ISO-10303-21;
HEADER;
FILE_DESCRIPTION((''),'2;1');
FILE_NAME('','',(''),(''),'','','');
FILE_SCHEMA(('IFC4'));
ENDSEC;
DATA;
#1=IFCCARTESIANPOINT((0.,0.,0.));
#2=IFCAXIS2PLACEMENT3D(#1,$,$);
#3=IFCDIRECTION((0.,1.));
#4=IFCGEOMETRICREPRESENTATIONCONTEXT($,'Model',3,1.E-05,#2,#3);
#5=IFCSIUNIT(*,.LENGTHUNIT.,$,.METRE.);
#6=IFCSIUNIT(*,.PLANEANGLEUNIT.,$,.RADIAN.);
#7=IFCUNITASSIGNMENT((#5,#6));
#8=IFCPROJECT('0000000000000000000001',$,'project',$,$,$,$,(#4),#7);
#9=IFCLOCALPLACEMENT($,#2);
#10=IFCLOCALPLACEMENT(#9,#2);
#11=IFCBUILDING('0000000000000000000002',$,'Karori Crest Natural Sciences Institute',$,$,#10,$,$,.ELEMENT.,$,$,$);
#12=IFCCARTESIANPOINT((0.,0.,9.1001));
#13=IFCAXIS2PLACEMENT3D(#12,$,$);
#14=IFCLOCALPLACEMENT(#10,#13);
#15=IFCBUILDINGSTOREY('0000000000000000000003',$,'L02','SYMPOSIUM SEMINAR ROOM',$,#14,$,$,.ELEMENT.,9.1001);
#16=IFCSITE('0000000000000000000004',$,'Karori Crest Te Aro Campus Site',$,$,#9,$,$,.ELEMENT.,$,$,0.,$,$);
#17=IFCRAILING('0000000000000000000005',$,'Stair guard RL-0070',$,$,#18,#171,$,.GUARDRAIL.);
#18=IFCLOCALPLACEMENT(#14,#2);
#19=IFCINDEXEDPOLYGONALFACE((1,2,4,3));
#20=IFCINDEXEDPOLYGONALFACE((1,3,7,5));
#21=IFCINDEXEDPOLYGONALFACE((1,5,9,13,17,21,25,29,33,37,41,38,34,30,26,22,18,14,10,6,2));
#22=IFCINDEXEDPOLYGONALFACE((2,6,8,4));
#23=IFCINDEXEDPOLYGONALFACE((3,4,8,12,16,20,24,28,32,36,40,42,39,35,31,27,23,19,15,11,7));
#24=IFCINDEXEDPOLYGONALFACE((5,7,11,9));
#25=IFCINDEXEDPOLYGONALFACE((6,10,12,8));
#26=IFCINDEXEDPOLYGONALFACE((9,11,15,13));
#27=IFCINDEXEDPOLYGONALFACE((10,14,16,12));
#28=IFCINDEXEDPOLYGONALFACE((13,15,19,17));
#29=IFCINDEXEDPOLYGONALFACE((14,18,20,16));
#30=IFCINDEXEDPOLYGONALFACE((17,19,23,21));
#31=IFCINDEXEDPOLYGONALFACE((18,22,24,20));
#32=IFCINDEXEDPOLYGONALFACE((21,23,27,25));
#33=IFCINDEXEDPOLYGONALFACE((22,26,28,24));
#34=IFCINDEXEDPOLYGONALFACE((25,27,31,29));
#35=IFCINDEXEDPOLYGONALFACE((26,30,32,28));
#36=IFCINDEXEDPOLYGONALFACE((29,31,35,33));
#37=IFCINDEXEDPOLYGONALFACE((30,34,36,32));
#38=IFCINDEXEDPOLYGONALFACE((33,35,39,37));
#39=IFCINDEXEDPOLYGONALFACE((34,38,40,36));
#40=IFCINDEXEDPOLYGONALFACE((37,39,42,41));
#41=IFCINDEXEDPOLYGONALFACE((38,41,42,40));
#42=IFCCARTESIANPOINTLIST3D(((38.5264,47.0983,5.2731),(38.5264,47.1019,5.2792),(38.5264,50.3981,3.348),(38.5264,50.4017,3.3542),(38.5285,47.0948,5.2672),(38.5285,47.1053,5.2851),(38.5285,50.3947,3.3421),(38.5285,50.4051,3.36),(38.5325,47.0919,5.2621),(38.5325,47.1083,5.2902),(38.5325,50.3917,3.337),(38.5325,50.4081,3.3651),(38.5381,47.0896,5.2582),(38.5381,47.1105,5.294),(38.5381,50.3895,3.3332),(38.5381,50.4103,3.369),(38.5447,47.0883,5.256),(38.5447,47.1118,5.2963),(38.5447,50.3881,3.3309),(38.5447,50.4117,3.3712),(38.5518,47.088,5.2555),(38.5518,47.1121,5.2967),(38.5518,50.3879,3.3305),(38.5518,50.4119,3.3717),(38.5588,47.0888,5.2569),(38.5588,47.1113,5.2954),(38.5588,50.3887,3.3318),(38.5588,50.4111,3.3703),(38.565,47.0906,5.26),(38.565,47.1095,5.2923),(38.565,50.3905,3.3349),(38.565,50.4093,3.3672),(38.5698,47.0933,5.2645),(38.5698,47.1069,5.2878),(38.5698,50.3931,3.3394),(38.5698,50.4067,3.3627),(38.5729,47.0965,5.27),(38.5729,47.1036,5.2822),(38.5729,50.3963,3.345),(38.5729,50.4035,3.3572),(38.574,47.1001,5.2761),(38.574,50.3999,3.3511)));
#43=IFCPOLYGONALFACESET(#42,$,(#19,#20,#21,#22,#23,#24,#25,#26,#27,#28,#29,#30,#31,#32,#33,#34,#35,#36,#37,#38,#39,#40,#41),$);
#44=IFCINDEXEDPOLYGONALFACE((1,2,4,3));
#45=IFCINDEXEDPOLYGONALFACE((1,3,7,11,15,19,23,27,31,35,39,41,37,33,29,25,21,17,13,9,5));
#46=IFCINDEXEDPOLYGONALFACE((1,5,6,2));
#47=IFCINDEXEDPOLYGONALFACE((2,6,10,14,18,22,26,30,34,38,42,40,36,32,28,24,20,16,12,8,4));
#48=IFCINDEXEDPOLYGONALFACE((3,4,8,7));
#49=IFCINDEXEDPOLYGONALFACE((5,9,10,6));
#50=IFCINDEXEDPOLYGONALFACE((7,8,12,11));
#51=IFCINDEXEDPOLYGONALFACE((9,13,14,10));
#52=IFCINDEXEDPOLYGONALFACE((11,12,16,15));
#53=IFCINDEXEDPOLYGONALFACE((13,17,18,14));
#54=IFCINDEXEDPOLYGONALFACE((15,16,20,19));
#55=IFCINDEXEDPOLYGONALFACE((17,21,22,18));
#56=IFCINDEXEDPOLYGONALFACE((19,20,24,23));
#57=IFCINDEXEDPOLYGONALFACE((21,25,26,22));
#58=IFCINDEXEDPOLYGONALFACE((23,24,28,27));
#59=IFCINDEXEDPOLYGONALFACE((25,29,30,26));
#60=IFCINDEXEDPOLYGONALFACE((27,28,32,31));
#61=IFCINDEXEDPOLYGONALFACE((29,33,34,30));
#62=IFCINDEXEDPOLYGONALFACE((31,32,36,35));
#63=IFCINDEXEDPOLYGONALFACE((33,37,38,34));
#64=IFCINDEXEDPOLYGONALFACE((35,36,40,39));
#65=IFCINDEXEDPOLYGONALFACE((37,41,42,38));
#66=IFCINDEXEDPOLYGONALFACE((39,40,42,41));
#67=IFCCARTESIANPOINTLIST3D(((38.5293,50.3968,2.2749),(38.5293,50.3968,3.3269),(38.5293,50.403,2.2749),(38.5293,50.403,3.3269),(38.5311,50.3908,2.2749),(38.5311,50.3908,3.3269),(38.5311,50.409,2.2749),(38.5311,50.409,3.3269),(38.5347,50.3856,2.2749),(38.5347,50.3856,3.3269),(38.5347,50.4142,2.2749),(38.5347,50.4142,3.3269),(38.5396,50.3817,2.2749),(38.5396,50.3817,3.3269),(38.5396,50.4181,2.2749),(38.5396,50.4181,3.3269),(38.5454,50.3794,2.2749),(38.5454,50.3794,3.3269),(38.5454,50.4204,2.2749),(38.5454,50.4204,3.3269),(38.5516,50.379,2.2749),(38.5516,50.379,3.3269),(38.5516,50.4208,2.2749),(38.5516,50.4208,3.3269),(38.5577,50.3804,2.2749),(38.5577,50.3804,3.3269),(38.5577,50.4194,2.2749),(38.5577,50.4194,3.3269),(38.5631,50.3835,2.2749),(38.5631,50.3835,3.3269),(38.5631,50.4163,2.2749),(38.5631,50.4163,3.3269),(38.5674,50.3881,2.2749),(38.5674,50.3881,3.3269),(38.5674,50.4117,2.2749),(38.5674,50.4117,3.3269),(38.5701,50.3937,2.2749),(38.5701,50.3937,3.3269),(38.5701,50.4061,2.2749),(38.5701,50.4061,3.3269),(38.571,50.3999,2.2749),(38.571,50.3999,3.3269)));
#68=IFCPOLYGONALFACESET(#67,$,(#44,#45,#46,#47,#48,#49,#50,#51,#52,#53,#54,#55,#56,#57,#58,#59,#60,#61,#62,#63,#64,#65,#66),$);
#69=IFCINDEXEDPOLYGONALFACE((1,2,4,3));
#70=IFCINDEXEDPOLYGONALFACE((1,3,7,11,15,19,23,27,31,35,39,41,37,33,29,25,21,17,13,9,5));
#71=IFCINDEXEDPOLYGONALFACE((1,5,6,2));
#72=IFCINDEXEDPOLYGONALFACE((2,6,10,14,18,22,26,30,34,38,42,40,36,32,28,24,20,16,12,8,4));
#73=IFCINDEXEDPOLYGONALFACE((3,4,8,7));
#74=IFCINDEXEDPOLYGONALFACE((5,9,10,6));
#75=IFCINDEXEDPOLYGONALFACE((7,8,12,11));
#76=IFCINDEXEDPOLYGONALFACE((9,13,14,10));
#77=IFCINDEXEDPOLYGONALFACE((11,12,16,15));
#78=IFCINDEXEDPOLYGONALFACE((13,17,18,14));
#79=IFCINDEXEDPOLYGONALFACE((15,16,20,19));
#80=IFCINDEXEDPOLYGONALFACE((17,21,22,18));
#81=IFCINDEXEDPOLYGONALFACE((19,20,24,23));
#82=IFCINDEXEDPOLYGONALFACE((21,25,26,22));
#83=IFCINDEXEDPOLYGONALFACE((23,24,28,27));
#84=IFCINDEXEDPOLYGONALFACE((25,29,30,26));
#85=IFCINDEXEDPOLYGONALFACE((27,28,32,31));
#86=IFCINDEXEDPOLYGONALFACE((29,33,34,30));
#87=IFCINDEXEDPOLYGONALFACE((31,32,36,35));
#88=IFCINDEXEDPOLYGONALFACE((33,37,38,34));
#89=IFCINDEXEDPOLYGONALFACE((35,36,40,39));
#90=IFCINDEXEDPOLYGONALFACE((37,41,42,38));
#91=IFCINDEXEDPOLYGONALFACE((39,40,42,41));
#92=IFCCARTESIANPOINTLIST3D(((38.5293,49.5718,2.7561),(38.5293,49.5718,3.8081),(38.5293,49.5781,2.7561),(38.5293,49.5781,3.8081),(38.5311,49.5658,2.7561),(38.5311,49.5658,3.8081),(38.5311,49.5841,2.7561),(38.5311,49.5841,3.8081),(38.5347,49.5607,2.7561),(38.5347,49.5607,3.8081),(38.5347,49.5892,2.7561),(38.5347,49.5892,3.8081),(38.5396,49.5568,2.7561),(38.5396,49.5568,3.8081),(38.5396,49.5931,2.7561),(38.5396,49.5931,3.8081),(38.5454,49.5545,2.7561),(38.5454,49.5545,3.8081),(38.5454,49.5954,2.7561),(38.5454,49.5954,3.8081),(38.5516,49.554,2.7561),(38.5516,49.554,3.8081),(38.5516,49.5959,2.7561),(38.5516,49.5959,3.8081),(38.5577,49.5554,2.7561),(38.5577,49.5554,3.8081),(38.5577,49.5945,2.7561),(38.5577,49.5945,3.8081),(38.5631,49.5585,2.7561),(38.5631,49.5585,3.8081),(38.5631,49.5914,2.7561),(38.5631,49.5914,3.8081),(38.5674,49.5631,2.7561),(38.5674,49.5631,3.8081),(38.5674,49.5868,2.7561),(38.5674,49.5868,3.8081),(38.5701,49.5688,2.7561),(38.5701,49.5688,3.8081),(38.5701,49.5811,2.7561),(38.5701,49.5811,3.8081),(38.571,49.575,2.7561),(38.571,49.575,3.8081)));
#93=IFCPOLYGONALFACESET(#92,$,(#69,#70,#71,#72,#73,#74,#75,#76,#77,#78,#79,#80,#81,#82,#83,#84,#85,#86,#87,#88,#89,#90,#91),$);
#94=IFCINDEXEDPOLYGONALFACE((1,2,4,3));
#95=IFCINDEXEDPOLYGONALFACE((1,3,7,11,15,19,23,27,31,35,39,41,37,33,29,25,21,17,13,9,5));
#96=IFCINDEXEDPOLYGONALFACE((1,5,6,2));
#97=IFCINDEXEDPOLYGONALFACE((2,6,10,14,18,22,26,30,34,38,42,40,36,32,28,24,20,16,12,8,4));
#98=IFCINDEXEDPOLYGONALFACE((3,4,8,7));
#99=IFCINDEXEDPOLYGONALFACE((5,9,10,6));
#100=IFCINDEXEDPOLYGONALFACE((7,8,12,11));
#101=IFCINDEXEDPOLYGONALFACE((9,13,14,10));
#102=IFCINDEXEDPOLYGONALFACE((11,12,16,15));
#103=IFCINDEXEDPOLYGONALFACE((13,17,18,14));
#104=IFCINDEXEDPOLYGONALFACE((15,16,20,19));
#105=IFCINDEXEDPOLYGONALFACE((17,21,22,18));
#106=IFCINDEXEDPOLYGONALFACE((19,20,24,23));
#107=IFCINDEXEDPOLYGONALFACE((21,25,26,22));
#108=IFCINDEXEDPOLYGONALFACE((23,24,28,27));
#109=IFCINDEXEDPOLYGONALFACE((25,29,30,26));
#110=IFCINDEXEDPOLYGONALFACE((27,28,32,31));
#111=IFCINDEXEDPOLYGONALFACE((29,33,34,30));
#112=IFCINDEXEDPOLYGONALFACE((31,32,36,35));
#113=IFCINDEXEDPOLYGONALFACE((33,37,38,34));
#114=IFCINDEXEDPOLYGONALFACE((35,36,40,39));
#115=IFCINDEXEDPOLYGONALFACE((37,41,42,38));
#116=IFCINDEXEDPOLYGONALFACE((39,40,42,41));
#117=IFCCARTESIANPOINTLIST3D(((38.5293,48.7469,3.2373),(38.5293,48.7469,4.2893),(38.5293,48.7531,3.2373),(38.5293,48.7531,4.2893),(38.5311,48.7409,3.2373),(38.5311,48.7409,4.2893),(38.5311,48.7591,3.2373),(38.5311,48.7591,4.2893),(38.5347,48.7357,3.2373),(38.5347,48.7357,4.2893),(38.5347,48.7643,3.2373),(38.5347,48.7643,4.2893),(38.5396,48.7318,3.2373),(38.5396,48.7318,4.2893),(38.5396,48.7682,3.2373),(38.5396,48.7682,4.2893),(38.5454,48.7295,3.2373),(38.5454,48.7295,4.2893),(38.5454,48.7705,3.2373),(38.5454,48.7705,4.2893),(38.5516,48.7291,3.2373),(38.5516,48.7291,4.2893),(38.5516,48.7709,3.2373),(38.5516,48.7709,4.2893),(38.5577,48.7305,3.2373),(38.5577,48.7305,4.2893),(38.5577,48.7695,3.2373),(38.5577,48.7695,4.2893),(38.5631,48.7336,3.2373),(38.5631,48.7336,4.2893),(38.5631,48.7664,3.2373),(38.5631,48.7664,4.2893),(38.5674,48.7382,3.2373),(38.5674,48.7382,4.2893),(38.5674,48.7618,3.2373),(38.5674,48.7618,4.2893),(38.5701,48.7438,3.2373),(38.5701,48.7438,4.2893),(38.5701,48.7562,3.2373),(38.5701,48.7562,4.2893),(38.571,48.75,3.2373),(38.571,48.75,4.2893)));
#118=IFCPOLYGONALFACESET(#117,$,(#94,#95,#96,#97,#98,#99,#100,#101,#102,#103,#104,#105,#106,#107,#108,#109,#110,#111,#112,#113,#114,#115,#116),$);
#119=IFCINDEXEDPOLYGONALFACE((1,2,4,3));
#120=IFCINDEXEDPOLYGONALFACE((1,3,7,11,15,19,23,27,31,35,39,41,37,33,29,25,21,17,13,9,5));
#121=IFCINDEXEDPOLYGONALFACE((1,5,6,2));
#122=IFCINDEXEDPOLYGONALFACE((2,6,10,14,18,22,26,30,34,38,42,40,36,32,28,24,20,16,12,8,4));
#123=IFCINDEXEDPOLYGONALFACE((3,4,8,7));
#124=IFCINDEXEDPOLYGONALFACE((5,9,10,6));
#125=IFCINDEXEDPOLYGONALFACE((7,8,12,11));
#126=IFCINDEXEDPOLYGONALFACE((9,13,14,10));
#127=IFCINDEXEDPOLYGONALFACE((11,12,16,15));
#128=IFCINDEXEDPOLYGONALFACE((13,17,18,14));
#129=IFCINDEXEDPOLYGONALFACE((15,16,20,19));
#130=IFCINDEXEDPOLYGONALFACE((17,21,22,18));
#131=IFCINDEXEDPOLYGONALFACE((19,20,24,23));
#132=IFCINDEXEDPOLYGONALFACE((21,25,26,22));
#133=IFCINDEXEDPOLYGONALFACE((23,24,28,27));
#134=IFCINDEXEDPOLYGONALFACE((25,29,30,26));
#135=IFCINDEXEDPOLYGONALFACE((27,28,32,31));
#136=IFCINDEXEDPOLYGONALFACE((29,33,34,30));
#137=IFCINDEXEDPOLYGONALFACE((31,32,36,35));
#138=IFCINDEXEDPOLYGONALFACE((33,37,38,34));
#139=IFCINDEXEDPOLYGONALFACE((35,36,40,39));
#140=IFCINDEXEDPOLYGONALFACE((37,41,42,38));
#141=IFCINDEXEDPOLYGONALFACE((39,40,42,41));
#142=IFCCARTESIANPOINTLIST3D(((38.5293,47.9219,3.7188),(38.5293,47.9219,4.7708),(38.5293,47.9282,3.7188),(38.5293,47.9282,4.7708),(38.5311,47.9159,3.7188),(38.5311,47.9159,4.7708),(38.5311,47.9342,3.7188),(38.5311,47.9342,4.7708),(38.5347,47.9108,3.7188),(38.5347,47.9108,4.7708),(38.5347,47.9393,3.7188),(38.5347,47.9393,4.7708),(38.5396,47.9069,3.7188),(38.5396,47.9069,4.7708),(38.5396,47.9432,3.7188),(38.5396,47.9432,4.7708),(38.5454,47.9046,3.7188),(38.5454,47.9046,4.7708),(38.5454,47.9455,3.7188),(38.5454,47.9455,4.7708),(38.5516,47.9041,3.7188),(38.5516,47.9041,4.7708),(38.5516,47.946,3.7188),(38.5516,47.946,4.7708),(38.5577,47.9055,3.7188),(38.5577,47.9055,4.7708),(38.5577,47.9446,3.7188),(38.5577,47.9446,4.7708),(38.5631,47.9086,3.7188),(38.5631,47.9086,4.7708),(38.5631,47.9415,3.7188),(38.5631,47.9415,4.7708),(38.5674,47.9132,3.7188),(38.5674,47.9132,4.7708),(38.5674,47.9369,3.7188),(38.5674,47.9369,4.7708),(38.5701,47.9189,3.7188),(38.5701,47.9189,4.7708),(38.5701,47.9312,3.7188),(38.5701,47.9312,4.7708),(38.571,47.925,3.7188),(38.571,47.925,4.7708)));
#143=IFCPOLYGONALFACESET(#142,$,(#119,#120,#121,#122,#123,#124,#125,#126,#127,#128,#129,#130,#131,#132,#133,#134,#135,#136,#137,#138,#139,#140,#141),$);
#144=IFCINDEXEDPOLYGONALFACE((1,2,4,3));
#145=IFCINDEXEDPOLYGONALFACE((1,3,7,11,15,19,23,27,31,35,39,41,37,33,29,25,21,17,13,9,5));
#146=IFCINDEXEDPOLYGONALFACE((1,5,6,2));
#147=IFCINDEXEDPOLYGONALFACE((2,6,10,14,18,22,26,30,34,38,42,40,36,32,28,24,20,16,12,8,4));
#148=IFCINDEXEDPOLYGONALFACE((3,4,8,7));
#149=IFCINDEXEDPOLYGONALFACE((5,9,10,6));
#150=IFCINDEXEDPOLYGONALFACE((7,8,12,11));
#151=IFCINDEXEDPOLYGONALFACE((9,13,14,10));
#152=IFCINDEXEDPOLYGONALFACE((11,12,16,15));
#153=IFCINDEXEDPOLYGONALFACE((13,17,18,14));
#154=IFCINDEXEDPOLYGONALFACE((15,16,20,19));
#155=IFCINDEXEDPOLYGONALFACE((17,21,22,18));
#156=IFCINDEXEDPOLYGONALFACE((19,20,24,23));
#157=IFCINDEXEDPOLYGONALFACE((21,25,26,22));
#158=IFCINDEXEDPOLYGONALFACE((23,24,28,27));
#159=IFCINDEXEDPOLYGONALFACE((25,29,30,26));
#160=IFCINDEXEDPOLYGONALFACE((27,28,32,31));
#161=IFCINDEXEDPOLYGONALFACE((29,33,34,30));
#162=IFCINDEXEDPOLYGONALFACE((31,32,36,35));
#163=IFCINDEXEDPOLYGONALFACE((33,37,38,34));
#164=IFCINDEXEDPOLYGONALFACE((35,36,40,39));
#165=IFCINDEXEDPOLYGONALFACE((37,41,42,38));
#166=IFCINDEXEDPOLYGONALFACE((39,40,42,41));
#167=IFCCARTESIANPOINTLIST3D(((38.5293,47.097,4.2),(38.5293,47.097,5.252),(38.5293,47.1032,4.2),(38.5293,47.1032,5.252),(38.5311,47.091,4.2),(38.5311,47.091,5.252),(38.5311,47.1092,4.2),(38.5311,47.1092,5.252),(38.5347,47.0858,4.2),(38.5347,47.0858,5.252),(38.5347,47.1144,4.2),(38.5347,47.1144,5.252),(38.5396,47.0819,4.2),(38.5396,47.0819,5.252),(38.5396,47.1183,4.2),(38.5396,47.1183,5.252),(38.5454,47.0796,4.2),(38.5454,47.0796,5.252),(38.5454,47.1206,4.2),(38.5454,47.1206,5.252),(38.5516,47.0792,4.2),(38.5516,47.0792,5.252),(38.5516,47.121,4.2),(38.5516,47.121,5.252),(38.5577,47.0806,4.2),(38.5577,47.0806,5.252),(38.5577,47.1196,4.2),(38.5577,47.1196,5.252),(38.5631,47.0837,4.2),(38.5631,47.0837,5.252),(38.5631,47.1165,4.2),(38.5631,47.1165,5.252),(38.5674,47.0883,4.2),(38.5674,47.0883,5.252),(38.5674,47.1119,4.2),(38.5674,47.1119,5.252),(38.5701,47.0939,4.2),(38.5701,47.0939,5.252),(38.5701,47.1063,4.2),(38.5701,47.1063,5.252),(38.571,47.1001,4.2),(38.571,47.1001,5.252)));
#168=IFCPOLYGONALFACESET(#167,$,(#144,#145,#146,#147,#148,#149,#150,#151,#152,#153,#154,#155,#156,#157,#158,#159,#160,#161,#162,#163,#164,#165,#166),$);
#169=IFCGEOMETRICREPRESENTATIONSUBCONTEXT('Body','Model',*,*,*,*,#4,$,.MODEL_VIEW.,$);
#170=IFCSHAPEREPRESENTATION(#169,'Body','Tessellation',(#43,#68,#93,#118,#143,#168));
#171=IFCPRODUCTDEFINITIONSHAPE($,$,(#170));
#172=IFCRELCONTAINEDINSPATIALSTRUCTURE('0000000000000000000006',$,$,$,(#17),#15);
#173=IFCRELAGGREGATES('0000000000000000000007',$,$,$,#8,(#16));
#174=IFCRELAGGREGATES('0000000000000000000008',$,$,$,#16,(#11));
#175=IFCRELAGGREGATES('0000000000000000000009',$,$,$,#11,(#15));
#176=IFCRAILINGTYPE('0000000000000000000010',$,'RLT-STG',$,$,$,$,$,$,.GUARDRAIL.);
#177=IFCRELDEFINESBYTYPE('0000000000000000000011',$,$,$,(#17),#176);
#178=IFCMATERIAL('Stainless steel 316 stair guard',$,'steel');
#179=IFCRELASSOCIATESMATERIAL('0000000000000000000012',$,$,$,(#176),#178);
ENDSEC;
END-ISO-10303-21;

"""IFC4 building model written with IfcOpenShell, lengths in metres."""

from ifc_helpers import new_model, si_unit, direction, frame, origin, origin_2d, place, context, subcontext, project, spatial, circle, extrude, material, type_object, element, save


model = new_model("IFC4")

# Units and contexts
model_context = context("Model", 3, precision=1e-05, world=origin(), true_north=direction((0.0, 1.0)))
body_context = subcontext(model_context, "Body", "Model", "MODEL_VIEW")
ifc_project = project(units=[si_unit("LENGTHUNIT", "METRE"), si_unit("PLANEANGLEUNIT", "RADIAN")], contexts=[model_context])

# Site, building, storey
site_placement = place(None, origin())
site = spatial("IfcSite", under=ifc_project, at=site_placement, Name="Karori Crest Te Aro Campus Site", CompositionType="ELEMENT", RefElevation=0.0)
building_placement = place(site_placement, origin())
building = spatial("IfcBuilding", under=site, at=building_placement, Name="Karori Crest Natural Sciences Institute", CompositionType="ELEMENT")
storey_placement = place(building_placement, frame((0.0, 0.0, 9.1001)))
storey = spatial("IfcBuildingStorey", under=building, at=storey_placement, Name="L02", Description="SYMPOSIUM SEMINAR ROOM", CompositionType="ELEMENT", Elevation=9.1001)

# Railing
ifc_material_1 = material(Name="Stainless steel 316 stair guard", Category="steel")
railing_type_1 = type_object("IfcRailingType", Name="RLT-STG", PredefinedType="GUARDRAIL", material=ifc_material_1)
railing_1_placement = place(storey_placement, frame((38.55, 50.3999, 2.2749)))
element("IfcRailing", 1, at=railing_1_placement, inside=storey, type_object=railing_type_1, Name="Stair guard RL-0070", PredefinedType="GUARDRAIL", context=body_context, shape_type="SweptSolid", body=[
    extrude(circle(Radius=0.0239, at=origin_2d()), frame((0.0, 0.0, 1.0762), z_axis=(0.0, -0.86376, 0.503903), x_axis=(1.0, 0.0, 0.0)), (0.0, 0.0, 1.0), 3.8203),
    extrude(circle(Radius=0.021, at=origin_2d()), origin(), (0.0, 0.0, 1.0), 1.052),
    extrude(circle(Radius=0.021, at=origin_2d()), frame((0.0, -0.825, 0.4812)), (0.0, 0.0, 1.0), 1.052),
    extrude(circle(Radius=0.021, at=origin_2d()), frame((0.0, -1.6499, 0.9624)), (0.0, 0.0, 1.0), 1.052),
    extrude(circle(Radius=0.021, at=origin_2d()), frame((0.0, -2.4749, 1.4438)), (0.0, 0.0, 1.0), 1.052),
    extrude(circle(Radius=0.021, at=origin_2d()), frame((0.0, -3.2998, 1.925)), (0.0, 0.0, 1.0), 1.052),
])

save(model, "model.ifc")
